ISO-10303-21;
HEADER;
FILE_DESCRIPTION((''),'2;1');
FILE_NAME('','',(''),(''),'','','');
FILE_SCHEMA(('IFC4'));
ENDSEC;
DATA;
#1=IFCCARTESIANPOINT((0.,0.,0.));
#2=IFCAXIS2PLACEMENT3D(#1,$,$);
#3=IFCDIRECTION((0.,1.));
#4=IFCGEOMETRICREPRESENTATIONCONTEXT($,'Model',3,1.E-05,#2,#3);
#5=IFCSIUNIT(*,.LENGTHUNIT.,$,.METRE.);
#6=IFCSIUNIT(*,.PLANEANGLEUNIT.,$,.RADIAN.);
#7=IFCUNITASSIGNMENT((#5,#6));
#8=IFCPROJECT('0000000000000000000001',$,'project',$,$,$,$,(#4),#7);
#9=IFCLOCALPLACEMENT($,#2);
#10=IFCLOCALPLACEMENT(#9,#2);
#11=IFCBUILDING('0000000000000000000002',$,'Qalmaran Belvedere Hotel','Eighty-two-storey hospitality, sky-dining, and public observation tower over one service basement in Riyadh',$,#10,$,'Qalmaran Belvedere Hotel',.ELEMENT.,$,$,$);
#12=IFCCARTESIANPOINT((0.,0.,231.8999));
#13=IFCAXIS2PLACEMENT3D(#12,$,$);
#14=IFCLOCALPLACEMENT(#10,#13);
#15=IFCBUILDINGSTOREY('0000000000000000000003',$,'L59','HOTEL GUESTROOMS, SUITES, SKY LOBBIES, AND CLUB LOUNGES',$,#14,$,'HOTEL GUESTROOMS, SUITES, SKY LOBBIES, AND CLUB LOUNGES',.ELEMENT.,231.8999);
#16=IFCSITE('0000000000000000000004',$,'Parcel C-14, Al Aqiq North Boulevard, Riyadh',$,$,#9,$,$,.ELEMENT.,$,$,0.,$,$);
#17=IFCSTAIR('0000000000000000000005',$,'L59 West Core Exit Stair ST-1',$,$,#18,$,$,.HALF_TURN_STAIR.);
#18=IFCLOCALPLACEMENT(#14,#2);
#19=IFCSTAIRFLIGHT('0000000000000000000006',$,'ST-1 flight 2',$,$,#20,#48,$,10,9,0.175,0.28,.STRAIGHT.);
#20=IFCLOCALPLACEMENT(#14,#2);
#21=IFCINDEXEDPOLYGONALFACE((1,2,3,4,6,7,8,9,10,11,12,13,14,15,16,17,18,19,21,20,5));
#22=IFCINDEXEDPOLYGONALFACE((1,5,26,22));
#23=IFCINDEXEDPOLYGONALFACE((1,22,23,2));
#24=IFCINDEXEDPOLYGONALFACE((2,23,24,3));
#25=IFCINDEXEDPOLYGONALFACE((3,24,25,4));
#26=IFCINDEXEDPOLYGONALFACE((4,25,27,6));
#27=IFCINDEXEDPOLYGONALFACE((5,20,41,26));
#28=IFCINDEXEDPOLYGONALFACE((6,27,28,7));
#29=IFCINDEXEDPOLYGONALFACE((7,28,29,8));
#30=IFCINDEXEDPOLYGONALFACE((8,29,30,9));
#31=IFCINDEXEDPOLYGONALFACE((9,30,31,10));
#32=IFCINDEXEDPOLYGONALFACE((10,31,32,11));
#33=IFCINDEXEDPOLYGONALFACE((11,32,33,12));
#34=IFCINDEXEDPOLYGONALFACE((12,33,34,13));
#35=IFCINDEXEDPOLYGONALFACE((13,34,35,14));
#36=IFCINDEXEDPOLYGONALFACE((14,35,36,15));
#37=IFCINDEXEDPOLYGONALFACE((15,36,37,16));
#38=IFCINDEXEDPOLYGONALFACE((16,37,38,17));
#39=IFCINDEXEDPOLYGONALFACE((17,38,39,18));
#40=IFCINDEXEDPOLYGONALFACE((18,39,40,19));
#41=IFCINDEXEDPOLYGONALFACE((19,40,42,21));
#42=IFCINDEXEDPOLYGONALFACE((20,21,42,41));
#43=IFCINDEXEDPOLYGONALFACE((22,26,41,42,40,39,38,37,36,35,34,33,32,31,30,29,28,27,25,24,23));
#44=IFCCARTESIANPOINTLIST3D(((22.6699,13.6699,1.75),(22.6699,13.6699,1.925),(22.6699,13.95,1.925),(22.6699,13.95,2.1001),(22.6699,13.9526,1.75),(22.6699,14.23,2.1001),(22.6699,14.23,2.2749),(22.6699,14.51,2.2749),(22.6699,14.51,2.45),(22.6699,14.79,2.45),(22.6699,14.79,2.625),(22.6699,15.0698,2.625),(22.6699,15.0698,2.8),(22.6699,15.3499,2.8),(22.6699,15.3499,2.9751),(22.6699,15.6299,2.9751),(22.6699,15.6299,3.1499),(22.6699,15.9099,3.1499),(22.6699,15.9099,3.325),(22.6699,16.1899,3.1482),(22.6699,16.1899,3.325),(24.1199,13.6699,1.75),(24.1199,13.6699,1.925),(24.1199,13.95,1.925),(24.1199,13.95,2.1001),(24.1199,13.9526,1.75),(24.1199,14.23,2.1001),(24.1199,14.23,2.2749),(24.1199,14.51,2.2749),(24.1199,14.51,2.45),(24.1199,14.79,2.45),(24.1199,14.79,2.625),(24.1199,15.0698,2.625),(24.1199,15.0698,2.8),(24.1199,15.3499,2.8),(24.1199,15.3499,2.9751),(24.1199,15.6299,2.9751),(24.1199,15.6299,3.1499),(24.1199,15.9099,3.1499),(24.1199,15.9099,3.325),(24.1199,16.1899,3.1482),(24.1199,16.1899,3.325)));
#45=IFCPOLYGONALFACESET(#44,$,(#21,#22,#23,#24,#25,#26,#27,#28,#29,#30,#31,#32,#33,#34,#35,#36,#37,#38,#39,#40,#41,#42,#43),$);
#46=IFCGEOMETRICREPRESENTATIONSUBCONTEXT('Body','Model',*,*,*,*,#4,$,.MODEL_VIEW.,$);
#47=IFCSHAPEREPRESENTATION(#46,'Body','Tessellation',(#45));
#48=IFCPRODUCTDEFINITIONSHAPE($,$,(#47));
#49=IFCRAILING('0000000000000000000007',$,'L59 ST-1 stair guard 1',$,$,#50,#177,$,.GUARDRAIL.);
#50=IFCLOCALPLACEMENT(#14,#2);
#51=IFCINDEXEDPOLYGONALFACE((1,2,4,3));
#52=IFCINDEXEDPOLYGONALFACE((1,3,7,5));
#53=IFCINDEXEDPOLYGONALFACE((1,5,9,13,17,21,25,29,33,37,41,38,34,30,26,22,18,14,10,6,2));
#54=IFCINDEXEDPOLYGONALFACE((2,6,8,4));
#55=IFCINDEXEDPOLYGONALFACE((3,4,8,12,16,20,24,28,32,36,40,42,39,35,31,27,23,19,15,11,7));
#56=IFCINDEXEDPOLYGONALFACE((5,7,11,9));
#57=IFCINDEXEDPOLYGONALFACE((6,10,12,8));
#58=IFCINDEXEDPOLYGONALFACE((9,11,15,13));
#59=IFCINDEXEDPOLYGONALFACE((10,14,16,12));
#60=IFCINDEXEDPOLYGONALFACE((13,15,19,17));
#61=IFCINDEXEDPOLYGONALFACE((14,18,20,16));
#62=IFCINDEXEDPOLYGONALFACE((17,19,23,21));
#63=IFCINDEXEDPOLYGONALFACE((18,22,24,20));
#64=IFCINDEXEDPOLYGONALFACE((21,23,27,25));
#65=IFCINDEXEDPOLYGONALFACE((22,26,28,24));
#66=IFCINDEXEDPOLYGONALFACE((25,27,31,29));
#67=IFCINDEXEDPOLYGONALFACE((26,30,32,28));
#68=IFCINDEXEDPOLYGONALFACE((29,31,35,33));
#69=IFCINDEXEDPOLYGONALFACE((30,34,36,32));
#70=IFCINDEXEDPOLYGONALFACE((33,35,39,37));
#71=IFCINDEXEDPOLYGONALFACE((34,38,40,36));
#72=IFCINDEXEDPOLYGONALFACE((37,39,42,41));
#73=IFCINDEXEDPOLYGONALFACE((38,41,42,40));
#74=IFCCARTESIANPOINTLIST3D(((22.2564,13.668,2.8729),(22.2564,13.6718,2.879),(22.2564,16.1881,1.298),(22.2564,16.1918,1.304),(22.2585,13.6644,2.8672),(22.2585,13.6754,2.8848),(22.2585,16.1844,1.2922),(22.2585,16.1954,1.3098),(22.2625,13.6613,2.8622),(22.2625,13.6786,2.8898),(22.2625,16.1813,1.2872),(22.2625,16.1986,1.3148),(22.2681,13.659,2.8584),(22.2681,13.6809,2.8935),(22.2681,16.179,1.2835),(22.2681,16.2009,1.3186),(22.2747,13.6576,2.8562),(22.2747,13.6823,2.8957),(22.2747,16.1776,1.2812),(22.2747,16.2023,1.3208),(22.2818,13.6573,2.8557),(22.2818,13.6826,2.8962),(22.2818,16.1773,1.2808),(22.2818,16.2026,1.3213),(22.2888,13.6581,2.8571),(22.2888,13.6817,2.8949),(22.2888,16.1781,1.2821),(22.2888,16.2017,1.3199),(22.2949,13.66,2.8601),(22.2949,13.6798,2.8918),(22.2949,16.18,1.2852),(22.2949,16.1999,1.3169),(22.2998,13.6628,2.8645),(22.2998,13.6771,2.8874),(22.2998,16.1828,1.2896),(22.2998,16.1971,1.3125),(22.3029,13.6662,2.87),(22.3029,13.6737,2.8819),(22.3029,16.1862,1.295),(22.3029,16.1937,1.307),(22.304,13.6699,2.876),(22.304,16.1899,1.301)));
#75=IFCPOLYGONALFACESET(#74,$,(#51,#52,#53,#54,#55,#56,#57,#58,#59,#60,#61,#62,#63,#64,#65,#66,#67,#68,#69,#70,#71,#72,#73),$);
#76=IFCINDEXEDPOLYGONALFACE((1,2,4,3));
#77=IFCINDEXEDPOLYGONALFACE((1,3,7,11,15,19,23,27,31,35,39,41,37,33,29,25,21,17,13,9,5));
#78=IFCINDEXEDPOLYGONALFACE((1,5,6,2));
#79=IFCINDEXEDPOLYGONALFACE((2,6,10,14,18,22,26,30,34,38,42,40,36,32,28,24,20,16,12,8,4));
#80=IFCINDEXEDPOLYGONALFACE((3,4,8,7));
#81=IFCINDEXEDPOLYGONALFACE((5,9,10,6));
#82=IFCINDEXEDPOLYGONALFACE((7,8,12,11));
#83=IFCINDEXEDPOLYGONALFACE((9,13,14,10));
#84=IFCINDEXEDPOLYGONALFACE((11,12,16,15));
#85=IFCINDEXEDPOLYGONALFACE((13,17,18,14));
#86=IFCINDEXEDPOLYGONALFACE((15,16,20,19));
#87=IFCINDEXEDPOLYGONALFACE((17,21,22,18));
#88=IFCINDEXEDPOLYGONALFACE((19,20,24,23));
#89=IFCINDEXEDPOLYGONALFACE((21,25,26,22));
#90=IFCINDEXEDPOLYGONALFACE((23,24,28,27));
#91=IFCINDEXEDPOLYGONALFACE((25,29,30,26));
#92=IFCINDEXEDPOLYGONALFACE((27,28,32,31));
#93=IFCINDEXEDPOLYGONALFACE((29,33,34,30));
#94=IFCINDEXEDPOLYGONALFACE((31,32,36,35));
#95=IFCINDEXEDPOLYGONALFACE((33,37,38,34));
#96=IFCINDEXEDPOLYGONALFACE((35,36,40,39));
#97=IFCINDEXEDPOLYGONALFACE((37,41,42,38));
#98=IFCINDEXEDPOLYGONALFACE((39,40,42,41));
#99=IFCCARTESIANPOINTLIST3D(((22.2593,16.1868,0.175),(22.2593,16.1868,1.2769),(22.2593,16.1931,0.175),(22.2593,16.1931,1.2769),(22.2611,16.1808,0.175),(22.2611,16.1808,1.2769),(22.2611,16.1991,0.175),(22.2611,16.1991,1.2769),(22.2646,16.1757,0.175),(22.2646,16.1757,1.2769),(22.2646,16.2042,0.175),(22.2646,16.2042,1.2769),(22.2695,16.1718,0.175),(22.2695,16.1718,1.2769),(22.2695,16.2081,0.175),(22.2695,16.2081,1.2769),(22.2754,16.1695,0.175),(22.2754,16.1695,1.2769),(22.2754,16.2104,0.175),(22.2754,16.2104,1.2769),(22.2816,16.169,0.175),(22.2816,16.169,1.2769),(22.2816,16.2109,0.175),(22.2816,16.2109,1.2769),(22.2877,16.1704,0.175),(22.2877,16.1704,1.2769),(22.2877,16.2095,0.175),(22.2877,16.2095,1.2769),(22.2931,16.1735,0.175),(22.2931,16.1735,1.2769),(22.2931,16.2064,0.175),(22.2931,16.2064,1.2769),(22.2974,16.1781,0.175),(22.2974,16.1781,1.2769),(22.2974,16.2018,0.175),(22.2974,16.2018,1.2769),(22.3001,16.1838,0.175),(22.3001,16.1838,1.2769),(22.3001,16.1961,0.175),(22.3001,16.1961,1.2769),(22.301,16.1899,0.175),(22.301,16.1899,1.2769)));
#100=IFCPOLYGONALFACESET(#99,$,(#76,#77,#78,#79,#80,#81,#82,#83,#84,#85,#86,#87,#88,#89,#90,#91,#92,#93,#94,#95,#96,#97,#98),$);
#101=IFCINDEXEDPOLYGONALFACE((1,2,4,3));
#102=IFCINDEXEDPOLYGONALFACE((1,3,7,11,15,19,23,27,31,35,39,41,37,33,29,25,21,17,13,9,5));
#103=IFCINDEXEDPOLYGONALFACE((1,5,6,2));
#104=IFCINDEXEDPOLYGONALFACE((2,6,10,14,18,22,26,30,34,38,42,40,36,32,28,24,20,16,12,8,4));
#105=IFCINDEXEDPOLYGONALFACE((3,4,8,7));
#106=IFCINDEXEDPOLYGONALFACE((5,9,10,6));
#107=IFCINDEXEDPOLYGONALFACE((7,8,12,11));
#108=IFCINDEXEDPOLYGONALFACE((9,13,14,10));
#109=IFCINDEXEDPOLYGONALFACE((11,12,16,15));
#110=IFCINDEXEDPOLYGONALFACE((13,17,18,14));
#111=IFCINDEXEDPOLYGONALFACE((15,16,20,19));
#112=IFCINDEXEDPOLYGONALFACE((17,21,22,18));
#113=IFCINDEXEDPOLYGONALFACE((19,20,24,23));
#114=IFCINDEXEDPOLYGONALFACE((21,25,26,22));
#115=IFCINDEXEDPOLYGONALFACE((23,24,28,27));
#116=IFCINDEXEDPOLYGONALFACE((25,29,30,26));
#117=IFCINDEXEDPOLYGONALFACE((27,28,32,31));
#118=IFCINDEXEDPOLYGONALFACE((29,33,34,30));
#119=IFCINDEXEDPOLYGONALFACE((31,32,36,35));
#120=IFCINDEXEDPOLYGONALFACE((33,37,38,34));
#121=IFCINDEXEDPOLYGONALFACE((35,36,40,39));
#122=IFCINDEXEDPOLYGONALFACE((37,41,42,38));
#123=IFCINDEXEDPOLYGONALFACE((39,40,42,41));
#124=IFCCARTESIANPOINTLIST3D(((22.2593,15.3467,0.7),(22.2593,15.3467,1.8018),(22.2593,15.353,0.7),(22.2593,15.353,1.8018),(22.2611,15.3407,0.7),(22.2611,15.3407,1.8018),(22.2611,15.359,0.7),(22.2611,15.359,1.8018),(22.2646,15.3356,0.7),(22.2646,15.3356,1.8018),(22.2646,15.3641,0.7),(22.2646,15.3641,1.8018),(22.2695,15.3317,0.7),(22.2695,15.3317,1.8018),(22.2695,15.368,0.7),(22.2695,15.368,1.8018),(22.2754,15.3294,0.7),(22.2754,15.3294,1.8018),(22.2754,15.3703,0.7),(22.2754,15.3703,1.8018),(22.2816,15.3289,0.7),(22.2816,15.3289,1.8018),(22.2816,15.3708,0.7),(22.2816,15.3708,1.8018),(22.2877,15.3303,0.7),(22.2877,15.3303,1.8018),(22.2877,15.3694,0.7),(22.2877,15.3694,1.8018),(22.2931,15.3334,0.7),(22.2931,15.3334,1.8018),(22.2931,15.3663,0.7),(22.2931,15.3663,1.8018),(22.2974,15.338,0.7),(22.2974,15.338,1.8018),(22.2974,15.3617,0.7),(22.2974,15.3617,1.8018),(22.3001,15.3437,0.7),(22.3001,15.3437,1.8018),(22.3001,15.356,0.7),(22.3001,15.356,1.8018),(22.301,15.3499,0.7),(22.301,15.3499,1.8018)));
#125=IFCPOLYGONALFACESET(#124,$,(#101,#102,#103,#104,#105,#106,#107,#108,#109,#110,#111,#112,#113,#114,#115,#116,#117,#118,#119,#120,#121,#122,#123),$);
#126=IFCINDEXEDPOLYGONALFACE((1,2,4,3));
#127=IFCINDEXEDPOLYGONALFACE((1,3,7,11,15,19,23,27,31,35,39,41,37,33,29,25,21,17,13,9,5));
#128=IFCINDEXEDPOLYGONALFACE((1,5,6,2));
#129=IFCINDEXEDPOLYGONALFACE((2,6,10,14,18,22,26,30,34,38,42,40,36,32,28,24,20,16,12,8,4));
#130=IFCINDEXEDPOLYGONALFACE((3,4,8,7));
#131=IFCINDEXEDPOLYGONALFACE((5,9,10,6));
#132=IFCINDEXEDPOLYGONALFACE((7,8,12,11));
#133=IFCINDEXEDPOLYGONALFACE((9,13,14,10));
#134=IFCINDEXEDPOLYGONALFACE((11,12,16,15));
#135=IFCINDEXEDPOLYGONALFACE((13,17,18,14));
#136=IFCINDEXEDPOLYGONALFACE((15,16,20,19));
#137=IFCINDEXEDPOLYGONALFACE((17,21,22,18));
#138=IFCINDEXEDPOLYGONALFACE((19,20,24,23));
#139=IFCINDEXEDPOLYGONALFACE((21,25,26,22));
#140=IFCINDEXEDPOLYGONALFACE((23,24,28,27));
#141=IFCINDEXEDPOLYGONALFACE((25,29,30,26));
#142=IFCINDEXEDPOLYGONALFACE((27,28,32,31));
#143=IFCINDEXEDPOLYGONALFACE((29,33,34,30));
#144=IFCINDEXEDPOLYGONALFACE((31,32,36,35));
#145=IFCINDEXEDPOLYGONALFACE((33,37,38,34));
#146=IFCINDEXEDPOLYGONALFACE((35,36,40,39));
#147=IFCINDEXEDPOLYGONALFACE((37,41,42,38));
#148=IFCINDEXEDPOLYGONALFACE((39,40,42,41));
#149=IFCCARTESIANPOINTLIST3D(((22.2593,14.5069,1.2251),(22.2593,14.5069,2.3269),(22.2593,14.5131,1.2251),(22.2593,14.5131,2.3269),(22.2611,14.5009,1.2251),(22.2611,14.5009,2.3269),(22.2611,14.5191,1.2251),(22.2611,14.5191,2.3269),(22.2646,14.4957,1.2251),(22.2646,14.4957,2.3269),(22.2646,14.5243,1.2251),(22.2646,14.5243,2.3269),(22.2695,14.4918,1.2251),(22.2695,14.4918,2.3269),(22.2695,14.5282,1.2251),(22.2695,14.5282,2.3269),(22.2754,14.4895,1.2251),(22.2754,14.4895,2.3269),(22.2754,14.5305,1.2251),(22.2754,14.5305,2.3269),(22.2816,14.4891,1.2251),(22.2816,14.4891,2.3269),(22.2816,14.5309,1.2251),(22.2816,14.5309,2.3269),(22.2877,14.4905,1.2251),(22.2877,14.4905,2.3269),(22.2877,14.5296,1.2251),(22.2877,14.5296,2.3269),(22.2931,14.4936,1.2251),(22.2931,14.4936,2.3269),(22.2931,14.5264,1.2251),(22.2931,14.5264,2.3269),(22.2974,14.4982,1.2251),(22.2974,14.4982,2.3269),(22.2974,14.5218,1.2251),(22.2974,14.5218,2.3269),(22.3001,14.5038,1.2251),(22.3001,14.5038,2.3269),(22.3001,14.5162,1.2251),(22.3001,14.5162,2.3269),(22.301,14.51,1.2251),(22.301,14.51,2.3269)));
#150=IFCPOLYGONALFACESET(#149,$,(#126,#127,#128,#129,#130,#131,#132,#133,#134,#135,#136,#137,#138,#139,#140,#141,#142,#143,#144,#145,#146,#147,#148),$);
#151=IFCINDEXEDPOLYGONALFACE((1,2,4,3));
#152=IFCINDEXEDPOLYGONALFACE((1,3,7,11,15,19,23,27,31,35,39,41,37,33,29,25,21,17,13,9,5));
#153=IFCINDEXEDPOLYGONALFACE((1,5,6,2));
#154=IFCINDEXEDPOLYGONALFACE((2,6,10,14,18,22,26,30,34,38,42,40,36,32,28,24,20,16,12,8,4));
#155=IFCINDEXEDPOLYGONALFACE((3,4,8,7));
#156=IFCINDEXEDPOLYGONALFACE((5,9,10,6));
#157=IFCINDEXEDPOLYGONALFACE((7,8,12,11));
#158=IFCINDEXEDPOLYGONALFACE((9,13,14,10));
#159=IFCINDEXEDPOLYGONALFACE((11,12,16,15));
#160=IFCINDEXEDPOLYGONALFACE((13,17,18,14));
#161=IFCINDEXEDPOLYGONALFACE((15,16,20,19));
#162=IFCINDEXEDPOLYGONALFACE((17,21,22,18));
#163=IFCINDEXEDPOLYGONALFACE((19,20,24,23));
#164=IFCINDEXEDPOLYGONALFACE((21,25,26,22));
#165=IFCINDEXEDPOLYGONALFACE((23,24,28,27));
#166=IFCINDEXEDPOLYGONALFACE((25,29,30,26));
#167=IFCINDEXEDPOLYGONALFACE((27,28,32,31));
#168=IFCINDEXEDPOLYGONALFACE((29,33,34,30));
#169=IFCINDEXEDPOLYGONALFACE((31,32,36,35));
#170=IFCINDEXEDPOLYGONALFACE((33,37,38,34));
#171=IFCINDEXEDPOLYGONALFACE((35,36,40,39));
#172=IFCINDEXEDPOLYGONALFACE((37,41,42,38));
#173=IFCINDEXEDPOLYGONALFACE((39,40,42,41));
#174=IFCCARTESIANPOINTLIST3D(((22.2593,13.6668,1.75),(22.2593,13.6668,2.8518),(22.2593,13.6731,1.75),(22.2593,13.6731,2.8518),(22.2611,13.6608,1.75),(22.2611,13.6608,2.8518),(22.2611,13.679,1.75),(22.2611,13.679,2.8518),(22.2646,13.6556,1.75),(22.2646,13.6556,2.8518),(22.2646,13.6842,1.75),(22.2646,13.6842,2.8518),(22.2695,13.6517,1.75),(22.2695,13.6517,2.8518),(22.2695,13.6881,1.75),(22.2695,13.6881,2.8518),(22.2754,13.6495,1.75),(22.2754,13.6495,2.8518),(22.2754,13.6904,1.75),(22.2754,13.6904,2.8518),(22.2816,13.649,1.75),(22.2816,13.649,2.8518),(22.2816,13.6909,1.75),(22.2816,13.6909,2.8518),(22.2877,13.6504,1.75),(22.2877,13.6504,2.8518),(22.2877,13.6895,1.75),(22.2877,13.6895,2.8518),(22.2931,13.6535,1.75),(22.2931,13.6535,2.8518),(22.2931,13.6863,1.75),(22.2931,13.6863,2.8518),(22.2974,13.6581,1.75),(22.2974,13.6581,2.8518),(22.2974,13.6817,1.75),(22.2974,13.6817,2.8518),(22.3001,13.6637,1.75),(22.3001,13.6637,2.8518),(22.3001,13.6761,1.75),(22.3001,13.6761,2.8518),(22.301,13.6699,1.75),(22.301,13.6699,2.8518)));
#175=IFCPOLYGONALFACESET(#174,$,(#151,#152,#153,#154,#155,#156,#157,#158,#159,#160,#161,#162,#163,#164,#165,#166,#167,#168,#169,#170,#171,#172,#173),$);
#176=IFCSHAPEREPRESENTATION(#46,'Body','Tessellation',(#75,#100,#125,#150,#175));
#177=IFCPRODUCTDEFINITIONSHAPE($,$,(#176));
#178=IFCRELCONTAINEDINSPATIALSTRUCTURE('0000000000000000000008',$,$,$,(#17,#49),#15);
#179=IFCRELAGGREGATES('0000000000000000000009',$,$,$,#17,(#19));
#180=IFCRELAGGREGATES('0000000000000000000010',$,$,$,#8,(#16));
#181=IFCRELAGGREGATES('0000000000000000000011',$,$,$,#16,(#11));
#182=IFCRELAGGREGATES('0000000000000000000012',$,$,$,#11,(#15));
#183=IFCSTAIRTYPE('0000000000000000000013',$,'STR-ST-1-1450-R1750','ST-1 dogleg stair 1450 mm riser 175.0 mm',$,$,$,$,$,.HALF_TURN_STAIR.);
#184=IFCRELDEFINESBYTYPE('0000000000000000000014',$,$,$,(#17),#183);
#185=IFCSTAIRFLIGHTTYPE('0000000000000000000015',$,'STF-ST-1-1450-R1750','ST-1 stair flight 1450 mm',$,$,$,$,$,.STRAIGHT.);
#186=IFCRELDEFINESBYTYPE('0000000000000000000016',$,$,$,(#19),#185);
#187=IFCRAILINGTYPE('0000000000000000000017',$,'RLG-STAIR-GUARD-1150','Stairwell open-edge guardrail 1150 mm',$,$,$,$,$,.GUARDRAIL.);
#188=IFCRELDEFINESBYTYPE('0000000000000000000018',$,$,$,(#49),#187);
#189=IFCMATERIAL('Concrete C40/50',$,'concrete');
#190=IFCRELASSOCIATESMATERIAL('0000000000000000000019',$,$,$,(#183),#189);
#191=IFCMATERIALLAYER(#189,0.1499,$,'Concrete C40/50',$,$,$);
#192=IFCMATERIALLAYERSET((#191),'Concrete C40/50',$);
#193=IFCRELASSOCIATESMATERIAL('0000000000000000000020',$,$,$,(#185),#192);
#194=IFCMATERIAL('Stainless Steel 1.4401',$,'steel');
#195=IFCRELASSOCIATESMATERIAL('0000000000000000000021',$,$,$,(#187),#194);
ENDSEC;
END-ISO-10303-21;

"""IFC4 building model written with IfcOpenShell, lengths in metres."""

from ifc_helpers import new_model, si_unit, direction, frame, origin, origin_2d, place, context, subcontext, project, spatial, polyline, circle, outline, extrude, material, layer, layer_set, type_object, element, aggregate, save


model = new_model("IFC4")

# Units and contexts
model_context = context("Model", 3, precision=1e-05, world=origin(), true_north=direction((0.0, 1.0)))
body_context = subcontext(model_context, "Body", "Model", "MODEL_VIEW")
ifc_project = project(units=[si_unit("LENGTHUNIT", "METRE"), si_unit("PLANEANGLEUNIT", "RADIAN")], contexts=[model_context])

# Site, building, storey
site_placement = place(None, origin())
site = spatial("IfcSite", under=ifc_project, at=site_placement, Name="Parcel C-14, Al Aqiq North Boulevard, Riyadh", CompositionType="ELEMENT", RefElevation=0.0)
building_placement = place(site_placement, origin())
building = spatial("IfcBuilding", under=site, at=building_placement, Name="Qalmaran Belvedere Hotel", Description="Eighty-two-storey hospitality, sky-dining, and public observation tower over one service basement in Riyadh", LongName="Qalmaran Belvedere Hotel", CompositionType="ELEMENT")
storey_placement = place(building_placement, frame((0.0, 0.0, 231.8999)))
storey = spatial("IfcBuildingStorey", under=building, at=storey_placement, Name="L59", Description="HOTEL GUESTROOMS, SUITES, SKY LOBBIES, AND CLUB LOUNGES", LongName="HOTEL GUESTROOMS, SUITES, SKY LOBBIES, AND CLUB LOUNGES", CompositionType="ELEMENT", Elevation=231.8999)

# Shared definitions
ifc_material_1 = material(Name="Stainless Steel 1.4401", Category="steel")

# Stair, stair flight
ifc_material_2 = material(Name="Concrete C40/50", Category="concrete")
stair_type = type_object("IfcStairType", Name="STR-ST-1-1450-R1750", Description="ST-1 dogleg stair 1450 mm riser 175.0 mm", PredefinedType="HALF_TURN_STAIR", material=ifc_material_2)
stair_placement = place(storey_placement, origin())
stair = element("IfcStair", 1, at=stair_placement, inside=storey, type_object=stair_type, Name="L59 West Core Exit Stair ST-1", PredefinedType="HALF_TURN_STAIR")
ifc_layer_1 = layer(ifc_material_2, 0.1499, Name="Concrete C40/50")
ifc_layer_set_1 = layer_set([ifc_layer_1], Name="Concrete C40/50")
stair_flight_type = type_object("IfcStairFlightType", Name="STF-ST-1-1450-R1750", Description="ST-1 stair flight 1450 mm", PredefinedType="STRAIGHT", material=ifc_layer_set_1)
stair_flight_1_placement = place(storey_placement, frame((23.395, 13.6699, 1.75), z_axis=(0.0, 0.0, 1.0), x_axis=(0.0, 1.0, 0.0)))
stair_flight_1 = element("IfcStairFlight", 2, at=stair_flight_1_placement, type_object=stair_flight_type, Name="ST-1 flight 2", NumberOfRisers=10, NumberOfTreads=9, PredefinedType="STRAIGHT", RiserHeight=0.175, TreadLength=0.28, context=body_context, shape_type="SweptSolid", body=[
    extrude(outline(polyline([(0.0, 0.0), (0.0, 0.175), (0.28, 0.175), (0.28, 0.3501), (0.5601, 0.3501), (0.5601, 0.5249), (0.8401, 0.5249), (0.8401, 0.7), (1.1201, 0.7), (1.1201, 0.875), (1.3999, 0.875), (1.3999, 1.05), (1.6799, 1.05), (1.6799, 1.2251), (1.96, 1.2251), (1.96, 1.3999), (2.24, 1.3999), (2.24, 1.575), (2.52, 1.575), (2.52, 1.75), (2.52, 1.3982), (0.2827, 0.0), (0.0, 0.0)])), frame((0.0, 0.7251, 0.0), z_axis=(0.0, -1.0, 0.0), x_axis=(1.0, 0.0, 0.0)), (0.0, 0.0, 1.0), 1.45),
])
aggregate(stair, [stair_flight_1])

# Railing
railing_type_1 = type_object("IfcRailingType", Name="RLG-STAIR-GUARD-1150", Description="Stairwell open-edge guardrail 1150 mm", PredefinedType="GUARDRAIL", material=ifc_material_1)
railing_1_placement = place(storey_placement, frame((22.28, 16.1899, 0.175)))
element("IfcRailing", 3, at=railing_1_placement, inside=storey, type_object=railing_type_1, Name="L59 ST-1 stair guard 1", PredefinedType="GUARDRAIL", context=body_context, shape_type="SweptSolid", body=[
    extrude(circle(Radius=0.0239, at=origin_2d()), frame((0.0, 0.0, 1.126), z_axis=(0.0, -0.848008, 0.529984), x_axis=(1.0, 0.0, 0.0)), (0.0, 0.0, 1.0), 2.9717),
    extrude(circle(Radius=0.021, at=origin_2d()), origin(), (0.0, 0.0, 1.0), 1.1018),
    extrude(circle(Radius=0.021, at=origin_2d()), frame((0.0, -0.8401, 0.5249)), (0.0, 0.0, 1.0), 1.1018),
    extrude(circle(Radius=0.021, at=origin_2d()), frame((0.0, -1.6799, 1.05)), (0.0, 0.0, 1.0), 1.1018),
    extrude(circle(Radius=0.021, at=origin_2d()), frame((0.0, -2.52, 1.575)), (0.0, 0.0, 1.0), 1.1018),
])

save(model, "model.ifc")
